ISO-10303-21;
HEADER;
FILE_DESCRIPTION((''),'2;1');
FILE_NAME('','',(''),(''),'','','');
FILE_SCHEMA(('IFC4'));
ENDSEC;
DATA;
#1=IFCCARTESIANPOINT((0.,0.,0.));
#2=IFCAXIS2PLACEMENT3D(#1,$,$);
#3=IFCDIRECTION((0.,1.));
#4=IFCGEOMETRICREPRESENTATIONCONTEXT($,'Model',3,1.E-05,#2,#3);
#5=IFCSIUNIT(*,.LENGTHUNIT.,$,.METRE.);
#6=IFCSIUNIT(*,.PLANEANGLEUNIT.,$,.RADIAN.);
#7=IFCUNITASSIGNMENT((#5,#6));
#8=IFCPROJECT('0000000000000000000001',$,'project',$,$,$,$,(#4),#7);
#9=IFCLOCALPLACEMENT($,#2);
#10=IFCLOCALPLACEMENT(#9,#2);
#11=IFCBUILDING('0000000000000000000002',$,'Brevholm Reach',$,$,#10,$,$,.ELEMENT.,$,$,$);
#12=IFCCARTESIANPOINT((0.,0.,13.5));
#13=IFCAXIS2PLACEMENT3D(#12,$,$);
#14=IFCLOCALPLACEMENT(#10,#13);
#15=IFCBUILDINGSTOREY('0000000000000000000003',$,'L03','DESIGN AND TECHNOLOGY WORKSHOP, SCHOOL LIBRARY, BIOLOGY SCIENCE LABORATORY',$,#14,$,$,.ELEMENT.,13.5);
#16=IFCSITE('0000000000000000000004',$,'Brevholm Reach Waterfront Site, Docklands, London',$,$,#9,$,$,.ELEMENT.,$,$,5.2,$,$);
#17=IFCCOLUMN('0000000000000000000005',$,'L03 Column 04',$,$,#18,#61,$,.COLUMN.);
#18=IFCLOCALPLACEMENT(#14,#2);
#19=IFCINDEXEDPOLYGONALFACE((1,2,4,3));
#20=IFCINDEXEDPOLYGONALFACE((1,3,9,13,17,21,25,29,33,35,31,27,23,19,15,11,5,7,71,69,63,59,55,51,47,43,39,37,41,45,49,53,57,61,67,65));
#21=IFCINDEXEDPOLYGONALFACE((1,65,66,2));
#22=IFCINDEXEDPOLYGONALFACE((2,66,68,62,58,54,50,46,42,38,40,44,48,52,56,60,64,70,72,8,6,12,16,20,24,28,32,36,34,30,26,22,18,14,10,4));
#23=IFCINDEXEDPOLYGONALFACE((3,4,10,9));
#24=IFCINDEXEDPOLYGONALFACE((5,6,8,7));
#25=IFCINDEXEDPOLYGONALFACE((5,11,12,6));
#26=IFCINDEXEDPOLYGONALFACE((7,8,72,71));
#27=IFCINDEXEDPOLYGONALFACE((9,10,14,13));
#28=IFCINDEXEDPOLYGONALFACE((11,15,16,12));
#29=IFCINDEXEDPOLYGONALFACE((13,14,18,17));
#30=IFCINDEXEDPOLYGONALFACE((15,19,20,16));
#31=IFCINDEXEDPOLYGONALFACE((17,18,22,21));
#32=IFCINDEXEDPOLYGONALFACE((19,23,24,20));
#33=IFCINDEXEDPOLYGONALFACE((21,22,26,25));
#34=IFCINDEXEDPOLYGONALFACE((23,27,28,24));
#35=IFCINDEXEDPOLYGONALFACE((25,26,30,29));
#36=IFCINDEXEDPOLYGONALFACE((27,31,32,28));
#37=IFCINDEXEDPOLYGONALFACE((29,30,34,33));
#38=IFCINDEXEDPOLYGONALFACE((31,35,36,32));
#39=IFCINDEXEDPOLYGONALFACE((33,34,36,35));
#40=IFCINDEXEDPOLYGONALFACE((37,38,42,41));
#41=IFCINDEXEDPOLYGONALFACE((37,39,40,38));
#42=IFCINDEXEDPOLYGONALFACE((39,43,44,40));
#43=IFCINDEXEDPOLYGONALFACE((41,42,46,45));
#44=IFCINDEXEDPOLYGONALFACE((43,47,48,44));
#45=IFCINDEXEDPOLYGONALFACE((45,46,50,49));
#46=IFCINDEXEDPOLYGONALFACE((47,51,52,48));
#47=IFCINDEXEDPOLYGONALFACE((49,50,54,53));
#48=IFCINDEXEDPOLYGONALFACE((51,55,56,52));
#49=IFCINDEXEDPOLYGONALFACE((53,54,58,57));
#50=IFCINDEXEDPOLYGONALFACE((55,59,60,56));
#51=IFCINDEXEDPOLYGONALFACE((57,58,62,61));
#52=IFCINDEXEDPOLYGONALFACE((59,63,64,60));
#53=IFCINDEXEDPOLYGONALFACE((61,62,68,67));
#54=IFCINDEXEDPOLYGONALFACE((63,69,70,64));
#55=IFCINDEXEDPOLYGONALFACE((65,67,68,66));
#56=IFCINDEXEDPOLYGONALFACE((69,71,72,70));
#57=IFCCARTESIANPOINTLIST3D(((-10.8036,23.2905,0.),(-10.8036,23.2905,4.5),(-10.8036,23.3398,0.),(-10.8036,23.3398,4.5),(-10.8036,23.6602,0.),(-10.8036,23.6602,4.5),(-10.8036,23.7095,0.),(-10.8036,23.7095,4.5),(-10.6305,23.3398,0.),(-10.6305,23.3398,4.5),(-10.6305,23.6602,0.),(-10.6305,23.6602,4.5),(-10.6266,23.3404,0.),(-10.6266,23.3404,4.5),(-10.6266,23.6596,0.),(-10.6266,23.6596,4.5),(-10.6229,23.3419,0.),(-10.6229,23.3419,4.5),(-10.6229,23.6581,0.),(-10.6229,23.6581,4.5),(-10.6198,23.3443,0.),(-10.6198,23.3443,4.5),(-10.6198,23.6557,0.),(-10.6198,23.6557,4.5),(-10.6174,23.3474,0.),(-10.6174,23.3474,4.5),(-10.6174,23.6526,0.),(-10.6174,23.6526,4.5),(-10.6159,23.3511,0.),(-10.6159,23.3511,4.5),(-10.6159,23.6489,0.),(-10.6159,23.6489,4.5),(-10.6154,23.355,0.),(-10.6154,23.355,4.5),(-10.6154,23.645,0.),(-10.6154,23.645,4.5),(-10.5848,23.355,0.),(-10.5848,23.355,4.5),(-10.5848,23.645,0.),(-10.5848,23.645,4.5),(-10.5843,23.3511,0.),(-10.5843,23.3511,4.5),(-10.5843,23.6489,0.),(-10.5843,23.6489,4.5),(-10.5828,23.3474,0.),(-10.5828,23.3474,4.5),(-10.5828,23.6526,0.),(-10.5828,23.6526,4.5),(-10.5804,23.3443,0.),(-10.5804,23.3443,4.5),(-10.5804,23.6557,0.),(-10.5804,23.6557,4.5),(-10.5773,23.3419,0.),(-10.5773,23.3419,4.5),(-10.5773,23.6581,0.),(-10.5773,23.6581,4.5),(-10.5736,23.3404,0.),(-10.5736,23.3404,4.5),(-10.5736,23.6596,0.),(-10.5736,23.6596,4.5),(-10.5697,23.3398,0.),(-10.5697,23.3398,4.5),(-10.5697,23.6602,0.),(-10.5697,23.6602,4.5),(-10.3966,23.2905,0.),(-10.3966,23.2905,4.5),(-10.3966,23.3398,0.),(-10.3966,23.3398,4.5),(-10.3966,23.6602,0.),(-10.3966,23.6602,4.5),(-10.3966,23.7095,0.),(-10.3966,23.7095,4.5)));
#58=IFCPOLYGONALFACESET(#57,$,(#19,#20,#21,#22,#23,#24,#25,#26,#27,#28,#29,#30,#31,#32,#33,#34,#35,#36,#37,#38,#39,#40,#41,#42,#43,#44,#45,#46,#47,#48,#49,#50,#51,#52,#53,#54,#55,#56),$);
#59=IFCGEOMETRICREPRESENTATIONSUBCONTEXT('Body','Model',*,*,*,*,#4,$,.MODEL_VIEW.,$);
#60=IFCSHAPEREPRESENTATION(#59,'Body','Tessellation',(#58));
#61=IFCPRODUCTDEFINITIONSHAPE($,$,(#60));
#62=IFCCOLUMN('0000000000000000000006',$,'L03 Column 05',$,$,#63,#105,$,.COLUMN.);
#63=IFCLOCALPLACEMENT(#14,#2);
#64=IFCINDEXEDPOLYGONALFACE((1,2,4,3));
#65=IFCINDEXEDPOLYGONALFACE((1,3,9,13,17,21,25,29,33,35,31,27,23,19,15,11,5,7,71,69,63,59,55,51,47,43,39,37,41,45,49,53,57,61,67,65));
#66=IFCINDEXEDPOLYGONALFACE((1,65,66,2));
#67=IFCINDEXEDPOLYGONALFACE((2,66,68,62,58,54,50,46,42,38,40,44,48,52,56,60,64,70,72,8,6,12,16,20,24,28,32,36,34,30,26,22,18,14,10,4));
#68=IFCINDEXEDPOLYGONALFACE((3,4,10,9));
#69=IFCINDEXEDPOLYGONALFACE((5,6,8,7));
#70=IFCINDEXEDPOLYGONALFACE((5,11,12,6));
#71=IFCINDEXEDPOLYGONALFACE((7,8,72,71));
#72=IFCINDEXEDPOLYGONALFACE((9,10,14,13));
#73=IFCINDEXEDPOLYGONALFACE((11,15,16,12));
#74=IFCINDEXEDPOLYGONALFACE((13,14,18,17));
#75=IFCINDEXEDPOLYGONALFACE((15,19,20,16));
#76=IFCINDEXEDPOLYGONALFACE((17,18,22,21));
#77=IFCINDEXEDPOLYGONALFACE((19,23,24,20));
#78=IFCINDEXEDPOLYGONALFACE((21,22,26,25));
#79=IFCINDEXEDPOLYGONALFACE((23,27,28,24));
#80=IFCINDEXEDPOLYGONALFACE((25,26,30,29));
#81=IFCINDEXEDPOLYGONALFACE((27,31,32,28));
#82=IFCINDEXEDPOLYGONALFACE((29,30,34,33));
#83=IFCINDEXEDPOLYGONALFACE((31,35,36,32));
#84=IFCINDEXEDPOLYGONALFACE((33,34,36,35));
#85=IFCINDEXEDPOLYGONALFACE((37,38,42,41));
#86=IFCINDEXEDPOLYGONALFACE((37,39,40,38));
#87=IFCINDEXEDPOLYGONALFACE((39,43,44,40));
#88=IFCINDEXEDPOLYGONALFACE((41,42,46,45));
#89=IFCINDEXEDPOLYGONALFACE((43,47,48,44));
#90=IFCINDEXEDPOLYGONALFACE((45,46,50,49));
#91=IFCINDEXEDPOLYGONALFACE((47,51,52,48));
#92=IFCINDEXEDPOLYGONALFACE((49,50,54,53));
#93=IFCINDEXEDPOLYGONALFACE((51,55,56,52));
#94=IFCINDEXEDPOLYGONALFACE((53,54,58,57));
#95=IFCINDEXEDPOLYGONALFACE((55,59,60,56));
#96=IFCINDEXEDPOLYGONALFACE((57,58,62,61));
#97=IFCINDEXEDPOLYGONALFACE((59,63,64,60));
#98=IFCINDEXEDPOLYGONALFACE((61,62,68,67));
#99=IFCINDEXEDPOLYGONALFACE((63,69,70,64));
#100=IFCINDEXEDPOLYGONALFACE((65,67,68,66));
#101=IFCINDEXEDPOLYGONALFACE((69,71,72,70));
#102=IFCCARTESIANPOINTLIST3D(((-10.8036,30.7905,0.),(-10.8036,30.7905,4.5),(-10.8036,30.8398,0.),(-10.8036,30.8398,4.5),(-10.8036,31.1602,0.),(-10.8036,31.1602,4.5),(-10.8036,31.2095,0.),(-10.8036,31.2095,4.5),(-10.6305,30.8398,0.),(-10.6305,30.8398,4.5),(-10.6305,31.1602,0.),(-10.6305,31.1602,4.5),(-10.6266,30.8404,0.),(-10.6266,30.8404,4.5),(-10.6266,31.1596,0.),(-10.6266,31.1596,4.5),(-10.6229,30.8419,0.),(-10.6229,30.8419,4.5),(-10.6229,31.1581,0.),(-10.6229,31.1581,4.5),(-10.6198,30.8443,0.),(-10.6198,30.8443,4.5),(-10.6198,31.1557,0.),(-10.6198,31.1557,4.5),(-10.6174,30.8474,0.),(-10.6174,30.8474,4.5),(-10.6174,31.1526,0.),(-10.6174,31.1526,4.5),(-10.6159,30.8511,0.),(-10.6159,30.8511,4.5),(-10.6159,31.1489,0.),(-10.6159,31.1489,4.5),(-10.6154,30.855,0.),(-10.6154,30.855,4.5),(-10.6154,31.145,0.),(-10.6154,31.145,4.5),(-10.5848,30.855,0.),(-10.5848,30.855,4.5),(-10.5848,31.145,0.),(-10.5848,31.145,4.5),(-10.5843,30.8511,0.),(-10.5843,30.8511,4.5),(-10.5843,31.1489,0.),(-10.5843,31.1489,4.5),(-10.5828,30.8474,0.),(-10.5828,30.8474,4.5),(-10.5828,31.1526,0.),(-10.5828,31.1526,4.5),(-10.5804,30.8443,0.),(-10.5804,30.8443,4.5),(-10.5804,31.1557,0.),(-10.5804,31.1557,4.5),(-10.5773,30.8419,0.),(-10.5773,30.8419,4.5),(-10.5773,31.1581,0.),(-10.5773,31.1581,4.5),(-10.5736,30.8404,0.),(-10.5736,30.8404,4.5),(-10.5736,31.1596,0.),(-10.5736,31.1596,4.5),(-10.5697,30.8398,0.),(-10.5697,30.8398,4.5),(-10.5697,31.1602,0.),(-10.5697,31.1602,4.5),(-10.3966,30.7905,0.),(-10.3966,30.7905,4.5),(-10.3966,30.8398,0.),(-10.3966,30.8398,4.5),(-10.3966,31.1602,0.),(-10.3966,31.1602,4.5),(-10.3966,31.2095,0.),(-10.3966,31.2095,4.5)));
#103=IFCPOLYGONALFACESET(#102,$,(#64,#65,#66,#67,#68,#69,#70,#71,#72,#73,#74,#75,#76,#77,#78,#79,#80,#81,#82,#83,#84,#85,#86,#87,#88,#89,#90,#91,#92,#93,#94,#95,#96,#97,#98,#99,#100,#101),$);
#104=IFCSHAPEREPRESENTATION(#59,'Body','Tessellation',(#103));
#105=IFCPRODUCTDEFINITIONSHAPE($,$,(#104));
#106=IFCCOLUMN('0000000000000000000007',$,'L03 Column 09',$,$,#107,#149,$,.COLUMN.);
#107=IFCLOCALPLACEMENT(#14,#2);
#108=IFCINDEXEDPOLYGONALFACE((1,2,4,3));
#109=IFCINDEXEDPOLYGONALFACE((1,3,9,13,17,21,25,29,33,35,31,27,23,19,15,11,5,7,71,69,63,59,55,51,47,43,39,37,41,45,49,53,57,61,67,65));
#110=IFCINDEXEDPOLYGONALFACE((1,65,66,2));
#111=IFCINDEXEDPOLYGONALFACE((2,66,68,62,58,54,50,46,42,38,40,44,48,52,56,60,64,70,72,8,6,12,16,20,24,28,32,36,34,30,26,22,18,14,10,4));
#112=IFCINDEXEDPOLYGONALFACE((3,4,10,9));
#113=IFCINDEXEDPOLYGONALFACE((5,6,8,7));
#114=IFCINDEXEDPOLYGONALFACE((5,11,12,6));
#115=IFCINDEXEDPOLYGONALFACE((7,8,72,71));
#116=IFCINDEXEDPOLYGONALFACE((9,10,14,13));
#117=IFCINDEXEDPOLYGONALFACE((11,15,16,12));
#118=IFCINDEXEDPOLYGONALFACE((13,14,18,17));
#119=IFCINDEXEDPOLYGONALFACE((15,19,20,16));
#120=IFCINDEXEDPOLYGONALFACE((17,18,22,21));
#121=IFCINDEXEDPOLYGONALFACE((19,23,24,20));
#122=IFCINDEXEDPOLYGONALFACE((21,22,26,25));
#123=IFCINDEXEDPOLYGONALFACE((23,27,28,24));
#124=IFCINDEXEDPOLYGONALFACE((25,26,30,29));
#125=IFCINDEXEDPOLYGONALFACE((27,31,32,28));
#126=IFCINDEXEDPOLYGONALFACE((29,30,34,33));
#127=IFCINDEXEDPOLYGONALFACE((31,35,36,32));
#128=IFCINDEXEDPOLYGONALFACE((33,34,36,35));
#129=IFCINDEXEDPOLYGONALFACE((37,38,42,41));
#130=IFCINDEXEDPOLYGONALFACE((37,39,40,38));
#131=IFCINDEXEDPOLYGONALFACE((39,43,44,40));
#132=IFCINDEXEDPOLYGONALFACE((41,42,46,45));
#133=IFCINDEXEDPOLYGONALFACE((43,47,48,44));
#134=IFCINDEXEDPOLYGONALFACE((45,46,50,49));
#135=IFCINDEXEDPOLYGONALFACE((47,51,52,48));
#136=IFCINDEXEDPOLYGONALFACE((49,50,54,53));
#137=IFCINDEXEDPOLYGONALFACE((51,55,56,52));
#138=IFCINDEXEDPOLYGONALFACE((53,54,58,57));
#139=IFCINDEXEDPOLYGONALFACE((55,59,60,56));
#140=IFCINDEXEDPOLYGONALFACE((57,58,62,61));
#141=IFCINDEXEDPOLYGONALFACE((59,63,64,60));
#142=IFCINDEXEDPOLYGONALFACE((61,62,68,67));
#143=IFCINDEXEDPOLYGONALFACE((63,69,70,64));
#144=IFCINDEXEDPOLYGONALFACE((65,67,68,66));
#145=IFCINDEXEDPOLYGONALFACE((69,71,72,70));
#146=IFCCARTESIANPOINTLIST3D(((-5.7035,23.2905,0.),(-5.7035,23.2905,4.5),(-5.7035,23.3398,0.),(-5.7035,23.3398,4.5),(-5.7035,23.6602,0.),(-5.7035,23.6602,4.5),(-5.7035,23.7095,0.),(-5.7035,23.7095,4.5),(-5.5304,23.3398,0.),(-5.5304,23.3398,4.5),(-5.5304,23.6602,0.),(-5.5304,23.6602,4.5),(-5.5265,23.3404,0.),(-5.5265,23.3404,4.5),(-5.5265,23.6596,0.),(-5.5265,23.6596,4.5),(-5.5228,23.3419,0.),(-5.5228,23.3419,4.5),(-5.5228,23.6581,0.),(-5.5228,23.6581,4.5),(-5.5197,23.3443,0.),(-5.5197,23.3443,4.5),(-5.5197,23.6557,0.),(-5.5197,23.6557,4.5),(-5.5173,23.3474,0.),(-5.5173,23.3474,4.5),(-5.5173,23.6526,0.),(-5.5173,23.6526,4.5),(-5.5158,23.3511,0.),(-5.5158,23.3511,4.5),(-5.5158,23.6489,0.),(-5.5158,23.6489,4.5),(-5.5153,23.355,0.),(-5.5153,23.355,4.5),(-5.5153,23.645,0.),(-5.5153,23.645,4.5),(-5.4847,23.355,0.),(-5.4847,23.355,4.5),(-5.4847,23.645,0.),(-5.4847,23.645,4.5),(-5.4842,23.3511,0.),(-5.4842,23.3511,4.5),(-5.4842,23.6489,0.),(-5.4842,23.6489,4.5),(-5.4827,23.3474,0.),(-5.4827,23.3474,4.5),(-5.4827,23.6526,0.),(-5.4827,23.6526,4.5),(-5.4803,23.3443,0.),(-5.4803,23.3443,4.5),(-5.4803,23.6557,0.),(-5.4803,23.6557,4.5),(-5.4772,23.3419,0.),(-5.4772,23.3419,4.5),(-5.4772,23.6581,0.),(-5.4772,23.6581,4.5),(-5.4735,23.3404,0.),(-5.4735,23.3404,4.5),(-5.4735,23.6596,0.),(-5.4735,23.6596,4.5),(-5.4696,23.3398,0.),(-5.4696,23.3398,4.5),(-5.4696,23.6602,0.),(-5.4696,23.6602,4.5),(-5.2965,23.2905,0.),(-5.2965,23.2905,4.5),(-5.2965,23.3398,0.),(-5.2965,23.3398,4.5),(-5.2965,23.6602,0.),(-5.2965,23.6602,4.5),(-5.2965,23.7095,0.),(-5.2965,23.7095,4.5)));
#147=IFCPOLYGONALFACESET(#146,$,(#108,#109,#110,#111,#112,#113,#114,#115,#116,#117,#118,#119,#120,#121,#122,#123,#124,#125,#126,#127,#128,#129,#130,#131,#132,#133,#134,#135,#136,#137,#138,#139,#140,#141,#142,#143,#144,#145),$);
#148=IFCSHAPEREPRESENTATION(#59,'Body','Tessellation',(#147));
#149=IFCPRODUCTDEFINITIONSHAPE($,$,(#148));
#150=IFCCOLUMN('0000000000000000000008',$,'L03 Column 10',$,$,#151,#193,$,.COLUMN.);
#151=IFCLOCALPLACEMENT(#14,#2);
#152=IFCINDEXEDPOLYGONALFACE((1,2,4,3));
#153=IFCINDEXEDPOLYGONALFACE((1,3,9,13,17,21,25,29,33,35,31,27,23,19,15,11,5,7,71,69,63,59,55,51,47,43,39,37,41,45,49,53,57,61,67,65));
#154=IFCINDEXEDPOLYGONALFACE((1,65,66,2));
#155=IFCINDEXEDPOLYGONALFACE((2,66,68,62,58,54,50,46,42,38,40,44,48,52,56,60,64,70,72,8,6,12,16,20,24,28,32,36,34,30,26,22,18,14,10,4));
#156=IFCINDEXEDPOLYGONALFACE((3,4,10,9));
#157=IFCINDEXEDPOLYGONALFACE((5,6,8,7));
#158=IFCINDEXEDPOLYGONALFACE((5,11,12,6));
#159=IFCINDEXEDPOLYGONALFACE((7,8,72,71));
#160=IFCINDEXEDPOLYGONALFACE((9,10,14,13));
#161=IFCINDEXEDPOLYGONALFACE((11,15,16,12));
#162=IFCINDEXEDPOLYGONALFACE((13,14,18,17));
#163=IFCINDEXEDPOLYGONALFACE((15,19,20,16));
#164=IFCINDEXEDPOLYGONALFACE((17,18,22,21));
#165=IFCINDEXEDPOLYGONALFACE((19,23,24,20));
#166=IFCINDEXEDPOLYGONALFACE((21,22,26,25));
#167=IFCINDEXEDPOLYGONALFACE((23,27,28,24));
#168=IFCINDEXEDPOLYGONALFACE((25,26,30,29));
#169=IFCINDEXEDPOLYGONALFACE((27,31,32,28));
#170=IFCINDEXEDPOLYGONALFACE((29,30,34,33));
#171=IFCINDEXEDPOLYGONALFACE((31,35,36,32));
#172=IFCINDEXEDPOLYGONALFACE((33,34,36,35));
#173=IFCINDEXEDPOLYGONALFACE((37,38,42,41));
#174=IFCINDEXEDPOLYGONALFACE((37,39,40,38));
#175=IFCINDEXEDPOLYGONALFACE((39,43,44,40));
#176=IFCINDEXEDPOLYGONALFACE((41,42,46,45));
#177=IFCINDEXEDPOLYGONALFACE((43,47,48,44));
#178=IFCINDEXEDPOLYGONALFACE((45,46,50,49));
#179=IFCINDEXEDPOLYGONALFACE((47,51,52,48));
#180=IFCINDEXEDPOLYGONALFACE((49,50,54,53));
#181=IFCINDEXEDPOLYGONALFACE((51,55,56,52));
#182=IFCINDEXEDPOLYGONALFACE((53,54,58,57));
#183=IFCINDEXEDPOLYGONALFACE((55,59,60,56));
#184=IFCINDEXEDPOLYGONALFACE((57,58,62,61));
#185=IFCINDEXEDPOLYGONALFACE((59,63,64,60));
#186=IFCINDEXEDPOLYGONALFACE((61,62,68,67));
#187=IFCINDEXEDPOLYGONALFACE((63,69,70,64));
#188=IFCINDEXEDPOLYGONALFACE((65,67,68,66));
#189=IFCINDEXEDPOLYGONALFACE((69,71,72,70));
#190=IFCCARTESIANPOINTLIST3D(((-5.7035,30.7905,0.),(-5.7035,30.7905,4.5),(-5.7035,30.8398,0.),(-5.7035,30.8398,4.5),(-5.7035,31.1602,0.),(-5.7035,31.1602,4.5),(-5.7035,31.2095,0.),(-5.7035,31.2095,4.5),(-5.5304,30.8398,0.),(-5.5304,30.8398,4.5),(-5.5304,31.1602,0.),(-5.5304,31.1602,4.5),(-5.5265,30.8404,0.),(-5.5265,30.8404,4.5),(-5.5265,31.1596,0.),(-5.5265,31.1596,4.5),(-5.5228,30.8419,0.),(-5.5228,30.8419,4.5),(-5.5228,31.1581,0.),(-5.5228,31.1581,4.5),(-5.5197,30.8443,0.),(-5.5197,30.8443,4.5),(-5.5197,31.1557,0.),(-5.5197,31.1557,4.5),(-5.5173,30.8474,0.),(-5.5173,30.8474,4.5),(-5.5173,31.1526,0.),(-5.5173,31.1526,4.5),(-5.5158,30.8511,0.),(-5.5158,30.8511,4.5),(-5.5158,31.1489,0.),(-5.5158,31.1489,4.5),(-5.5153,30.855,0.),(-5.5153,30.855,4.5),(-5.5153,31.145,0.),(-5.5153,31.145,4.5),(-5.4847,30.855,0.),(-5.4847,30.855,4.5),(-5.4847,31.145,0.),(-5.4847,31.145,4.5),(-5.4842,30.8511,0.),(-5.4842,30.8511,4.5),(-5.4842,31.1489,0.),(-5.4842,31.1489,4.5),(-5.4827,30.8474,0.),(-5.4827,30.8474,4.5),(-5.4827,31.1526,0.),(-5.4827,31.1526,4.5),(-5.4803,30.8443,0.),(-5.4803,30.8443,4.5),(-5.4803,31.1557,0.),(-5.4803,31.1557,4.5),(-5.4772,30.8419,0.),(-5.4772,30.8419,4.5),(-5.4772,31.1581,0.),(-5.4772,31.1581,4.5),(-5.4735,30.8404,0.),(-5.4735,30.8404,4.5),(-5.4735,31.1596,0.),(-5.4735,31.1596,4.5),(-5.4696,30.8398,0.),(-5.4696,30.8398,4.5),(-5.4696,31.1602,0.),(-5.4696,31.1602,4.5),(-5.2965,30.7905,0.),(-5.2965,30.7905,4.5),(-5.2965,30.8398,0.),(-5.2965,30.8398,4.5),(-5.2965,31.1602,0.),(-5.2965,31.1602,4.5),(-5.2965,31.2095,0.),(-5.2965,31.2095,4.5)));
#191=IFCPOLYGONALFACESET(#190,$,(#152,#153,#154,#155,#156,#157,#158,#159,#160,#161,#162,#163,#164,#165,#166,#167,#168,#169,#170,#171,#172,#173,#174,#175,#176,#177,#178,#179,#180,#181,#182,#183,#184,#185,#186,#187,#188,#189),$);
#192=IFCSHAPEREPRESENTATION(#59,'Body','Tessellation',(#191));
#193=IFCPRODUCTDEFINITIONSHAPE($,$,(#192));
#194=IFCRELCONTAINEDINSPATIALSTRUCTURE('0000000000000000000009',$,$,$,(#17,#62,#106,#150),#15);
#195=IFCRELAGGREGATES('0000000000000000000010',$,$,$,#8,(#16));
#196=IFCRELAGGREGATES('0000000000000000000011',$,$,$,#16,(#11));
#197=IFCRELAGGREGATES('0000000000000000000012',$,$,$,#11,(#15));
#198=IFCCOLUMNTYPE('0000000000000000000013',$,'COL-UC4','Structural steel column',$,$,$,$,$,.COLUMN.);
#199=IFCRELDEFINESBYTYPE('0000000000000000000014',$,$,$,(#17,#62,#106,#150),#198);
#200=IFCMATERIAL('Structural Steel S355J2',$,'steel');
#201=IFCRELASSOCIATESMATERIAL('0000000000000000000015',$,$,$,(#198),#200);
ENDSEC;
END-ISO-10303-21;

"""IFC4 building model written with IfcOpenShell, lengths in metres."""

from ifc_helpers import new_model, si_unit, direction, frame, origin, origin_2d, place, context, subcontext, project, spatial, i_section, extrude, material, material_profile, profile_set, type_object, element, save


model = new_model("IFC4")

# Units and contexts
model_context = context("Model", 3, precision=1e-05, world=origin(), true_north=direction((0.0, 1.0)))
body_context = subcontext(model_context, "Body", "Model", "MODEL_VIEW")
ifc_project = project(units=[si_unit("LENGTHUNIT", "METRE"), si_unit("PLANEANGLEUNIT", "RADIAN")], contexts=[model_context])

# Site, building, storey
site_placement = place(None, origin())
site = spatial("IfcSite", under=ifc_project, at=site_placement, Name="Brevholm Reach Waterfront Site, Docklands, London", CompositionType="ELEMENT", RefElevation=5.2)
building_placement = place(site_placement, origin())
building = spatial("IfcBuilding", under=site, at=building_placement, Name="Brevholm Reach", CompositionType="ELEMENT")
storey_placement = place(building_placement, frame((0.0, 0.0, 13.5)))
storey = spatial("IfcBuildingStorey", under=building, at=storey_placement, Name="L03", Description="DESIGN AND TECHNOLOGY WORKSHOP, SCHOOL LIBRARY, BIOLOGY SCIENCE LABORATORY", CompositionType="ELEMENT", Elevation=13.5)

# Columns
ifc_material_1 = material(Name="Structural Steel S355J2", Category="steel")
ifc_material_profile_1 = material_profile(ifc_material_1, i_section(OverallWidth=0.407, OverallDepth=0.4189, WebThickness=0.0305, FlangeThickness=0.0493, FilletRadius=0.0151, at=origin_2d()), Name="UKC 356x406x393")
ifc_profile_set_1 = profile_set([ifc_material_profile_1], Name="Structural Steel S355J2")
column_type = type_object("IfcColumnType", Name="COL-UC4", Description="Structural steel column", PredefinedType="COLUMN", material=ifc_profile_set_1)
for number, where, z_axis, x_axis, name in (
    (1, (-10.6001, 23.5, 0.0), (0.0, 0.0, 1.0), (1.0, 0.0, 0.0), "L03 Column 04"),
    (2, (-10.6001, 31.0, 0.0), (0.0, 0.0, 1.0), (1.0, 0.0, 0.0), "L03 Column 05"),
    (3, (-5.5, 23.5, 0.0), (0.0, 0.0, 1.0), (1.0, 0.0, 0.0), "L03 Column 09"),
    (4, (-5.5, 31.0, 0.0), (0.0, 0.0, 1.0), (1.0, 0.0, 0.0), "L03 Column 10"),
):
    element("IfcColumn", number, at=place(storey_placement, frame(where, z_axis=z_axis, x_axis=x_axis)), inside=storey, type_object=column_type, Name=name, PredefinedType="COLUMN", context=body_context, shape_type="SweptSolid", body=[
        extrude(i_section(OverallWidth=0.407, OverallDepth=0.4189, WebThickness=0.0305, FlangeThickness=0.0493, FilletRadius=0.0151, at=origin_2d()), origin(), (0.0, 0.0, 1.0), 4.5),
    ])

save(model, "model.ifc")
